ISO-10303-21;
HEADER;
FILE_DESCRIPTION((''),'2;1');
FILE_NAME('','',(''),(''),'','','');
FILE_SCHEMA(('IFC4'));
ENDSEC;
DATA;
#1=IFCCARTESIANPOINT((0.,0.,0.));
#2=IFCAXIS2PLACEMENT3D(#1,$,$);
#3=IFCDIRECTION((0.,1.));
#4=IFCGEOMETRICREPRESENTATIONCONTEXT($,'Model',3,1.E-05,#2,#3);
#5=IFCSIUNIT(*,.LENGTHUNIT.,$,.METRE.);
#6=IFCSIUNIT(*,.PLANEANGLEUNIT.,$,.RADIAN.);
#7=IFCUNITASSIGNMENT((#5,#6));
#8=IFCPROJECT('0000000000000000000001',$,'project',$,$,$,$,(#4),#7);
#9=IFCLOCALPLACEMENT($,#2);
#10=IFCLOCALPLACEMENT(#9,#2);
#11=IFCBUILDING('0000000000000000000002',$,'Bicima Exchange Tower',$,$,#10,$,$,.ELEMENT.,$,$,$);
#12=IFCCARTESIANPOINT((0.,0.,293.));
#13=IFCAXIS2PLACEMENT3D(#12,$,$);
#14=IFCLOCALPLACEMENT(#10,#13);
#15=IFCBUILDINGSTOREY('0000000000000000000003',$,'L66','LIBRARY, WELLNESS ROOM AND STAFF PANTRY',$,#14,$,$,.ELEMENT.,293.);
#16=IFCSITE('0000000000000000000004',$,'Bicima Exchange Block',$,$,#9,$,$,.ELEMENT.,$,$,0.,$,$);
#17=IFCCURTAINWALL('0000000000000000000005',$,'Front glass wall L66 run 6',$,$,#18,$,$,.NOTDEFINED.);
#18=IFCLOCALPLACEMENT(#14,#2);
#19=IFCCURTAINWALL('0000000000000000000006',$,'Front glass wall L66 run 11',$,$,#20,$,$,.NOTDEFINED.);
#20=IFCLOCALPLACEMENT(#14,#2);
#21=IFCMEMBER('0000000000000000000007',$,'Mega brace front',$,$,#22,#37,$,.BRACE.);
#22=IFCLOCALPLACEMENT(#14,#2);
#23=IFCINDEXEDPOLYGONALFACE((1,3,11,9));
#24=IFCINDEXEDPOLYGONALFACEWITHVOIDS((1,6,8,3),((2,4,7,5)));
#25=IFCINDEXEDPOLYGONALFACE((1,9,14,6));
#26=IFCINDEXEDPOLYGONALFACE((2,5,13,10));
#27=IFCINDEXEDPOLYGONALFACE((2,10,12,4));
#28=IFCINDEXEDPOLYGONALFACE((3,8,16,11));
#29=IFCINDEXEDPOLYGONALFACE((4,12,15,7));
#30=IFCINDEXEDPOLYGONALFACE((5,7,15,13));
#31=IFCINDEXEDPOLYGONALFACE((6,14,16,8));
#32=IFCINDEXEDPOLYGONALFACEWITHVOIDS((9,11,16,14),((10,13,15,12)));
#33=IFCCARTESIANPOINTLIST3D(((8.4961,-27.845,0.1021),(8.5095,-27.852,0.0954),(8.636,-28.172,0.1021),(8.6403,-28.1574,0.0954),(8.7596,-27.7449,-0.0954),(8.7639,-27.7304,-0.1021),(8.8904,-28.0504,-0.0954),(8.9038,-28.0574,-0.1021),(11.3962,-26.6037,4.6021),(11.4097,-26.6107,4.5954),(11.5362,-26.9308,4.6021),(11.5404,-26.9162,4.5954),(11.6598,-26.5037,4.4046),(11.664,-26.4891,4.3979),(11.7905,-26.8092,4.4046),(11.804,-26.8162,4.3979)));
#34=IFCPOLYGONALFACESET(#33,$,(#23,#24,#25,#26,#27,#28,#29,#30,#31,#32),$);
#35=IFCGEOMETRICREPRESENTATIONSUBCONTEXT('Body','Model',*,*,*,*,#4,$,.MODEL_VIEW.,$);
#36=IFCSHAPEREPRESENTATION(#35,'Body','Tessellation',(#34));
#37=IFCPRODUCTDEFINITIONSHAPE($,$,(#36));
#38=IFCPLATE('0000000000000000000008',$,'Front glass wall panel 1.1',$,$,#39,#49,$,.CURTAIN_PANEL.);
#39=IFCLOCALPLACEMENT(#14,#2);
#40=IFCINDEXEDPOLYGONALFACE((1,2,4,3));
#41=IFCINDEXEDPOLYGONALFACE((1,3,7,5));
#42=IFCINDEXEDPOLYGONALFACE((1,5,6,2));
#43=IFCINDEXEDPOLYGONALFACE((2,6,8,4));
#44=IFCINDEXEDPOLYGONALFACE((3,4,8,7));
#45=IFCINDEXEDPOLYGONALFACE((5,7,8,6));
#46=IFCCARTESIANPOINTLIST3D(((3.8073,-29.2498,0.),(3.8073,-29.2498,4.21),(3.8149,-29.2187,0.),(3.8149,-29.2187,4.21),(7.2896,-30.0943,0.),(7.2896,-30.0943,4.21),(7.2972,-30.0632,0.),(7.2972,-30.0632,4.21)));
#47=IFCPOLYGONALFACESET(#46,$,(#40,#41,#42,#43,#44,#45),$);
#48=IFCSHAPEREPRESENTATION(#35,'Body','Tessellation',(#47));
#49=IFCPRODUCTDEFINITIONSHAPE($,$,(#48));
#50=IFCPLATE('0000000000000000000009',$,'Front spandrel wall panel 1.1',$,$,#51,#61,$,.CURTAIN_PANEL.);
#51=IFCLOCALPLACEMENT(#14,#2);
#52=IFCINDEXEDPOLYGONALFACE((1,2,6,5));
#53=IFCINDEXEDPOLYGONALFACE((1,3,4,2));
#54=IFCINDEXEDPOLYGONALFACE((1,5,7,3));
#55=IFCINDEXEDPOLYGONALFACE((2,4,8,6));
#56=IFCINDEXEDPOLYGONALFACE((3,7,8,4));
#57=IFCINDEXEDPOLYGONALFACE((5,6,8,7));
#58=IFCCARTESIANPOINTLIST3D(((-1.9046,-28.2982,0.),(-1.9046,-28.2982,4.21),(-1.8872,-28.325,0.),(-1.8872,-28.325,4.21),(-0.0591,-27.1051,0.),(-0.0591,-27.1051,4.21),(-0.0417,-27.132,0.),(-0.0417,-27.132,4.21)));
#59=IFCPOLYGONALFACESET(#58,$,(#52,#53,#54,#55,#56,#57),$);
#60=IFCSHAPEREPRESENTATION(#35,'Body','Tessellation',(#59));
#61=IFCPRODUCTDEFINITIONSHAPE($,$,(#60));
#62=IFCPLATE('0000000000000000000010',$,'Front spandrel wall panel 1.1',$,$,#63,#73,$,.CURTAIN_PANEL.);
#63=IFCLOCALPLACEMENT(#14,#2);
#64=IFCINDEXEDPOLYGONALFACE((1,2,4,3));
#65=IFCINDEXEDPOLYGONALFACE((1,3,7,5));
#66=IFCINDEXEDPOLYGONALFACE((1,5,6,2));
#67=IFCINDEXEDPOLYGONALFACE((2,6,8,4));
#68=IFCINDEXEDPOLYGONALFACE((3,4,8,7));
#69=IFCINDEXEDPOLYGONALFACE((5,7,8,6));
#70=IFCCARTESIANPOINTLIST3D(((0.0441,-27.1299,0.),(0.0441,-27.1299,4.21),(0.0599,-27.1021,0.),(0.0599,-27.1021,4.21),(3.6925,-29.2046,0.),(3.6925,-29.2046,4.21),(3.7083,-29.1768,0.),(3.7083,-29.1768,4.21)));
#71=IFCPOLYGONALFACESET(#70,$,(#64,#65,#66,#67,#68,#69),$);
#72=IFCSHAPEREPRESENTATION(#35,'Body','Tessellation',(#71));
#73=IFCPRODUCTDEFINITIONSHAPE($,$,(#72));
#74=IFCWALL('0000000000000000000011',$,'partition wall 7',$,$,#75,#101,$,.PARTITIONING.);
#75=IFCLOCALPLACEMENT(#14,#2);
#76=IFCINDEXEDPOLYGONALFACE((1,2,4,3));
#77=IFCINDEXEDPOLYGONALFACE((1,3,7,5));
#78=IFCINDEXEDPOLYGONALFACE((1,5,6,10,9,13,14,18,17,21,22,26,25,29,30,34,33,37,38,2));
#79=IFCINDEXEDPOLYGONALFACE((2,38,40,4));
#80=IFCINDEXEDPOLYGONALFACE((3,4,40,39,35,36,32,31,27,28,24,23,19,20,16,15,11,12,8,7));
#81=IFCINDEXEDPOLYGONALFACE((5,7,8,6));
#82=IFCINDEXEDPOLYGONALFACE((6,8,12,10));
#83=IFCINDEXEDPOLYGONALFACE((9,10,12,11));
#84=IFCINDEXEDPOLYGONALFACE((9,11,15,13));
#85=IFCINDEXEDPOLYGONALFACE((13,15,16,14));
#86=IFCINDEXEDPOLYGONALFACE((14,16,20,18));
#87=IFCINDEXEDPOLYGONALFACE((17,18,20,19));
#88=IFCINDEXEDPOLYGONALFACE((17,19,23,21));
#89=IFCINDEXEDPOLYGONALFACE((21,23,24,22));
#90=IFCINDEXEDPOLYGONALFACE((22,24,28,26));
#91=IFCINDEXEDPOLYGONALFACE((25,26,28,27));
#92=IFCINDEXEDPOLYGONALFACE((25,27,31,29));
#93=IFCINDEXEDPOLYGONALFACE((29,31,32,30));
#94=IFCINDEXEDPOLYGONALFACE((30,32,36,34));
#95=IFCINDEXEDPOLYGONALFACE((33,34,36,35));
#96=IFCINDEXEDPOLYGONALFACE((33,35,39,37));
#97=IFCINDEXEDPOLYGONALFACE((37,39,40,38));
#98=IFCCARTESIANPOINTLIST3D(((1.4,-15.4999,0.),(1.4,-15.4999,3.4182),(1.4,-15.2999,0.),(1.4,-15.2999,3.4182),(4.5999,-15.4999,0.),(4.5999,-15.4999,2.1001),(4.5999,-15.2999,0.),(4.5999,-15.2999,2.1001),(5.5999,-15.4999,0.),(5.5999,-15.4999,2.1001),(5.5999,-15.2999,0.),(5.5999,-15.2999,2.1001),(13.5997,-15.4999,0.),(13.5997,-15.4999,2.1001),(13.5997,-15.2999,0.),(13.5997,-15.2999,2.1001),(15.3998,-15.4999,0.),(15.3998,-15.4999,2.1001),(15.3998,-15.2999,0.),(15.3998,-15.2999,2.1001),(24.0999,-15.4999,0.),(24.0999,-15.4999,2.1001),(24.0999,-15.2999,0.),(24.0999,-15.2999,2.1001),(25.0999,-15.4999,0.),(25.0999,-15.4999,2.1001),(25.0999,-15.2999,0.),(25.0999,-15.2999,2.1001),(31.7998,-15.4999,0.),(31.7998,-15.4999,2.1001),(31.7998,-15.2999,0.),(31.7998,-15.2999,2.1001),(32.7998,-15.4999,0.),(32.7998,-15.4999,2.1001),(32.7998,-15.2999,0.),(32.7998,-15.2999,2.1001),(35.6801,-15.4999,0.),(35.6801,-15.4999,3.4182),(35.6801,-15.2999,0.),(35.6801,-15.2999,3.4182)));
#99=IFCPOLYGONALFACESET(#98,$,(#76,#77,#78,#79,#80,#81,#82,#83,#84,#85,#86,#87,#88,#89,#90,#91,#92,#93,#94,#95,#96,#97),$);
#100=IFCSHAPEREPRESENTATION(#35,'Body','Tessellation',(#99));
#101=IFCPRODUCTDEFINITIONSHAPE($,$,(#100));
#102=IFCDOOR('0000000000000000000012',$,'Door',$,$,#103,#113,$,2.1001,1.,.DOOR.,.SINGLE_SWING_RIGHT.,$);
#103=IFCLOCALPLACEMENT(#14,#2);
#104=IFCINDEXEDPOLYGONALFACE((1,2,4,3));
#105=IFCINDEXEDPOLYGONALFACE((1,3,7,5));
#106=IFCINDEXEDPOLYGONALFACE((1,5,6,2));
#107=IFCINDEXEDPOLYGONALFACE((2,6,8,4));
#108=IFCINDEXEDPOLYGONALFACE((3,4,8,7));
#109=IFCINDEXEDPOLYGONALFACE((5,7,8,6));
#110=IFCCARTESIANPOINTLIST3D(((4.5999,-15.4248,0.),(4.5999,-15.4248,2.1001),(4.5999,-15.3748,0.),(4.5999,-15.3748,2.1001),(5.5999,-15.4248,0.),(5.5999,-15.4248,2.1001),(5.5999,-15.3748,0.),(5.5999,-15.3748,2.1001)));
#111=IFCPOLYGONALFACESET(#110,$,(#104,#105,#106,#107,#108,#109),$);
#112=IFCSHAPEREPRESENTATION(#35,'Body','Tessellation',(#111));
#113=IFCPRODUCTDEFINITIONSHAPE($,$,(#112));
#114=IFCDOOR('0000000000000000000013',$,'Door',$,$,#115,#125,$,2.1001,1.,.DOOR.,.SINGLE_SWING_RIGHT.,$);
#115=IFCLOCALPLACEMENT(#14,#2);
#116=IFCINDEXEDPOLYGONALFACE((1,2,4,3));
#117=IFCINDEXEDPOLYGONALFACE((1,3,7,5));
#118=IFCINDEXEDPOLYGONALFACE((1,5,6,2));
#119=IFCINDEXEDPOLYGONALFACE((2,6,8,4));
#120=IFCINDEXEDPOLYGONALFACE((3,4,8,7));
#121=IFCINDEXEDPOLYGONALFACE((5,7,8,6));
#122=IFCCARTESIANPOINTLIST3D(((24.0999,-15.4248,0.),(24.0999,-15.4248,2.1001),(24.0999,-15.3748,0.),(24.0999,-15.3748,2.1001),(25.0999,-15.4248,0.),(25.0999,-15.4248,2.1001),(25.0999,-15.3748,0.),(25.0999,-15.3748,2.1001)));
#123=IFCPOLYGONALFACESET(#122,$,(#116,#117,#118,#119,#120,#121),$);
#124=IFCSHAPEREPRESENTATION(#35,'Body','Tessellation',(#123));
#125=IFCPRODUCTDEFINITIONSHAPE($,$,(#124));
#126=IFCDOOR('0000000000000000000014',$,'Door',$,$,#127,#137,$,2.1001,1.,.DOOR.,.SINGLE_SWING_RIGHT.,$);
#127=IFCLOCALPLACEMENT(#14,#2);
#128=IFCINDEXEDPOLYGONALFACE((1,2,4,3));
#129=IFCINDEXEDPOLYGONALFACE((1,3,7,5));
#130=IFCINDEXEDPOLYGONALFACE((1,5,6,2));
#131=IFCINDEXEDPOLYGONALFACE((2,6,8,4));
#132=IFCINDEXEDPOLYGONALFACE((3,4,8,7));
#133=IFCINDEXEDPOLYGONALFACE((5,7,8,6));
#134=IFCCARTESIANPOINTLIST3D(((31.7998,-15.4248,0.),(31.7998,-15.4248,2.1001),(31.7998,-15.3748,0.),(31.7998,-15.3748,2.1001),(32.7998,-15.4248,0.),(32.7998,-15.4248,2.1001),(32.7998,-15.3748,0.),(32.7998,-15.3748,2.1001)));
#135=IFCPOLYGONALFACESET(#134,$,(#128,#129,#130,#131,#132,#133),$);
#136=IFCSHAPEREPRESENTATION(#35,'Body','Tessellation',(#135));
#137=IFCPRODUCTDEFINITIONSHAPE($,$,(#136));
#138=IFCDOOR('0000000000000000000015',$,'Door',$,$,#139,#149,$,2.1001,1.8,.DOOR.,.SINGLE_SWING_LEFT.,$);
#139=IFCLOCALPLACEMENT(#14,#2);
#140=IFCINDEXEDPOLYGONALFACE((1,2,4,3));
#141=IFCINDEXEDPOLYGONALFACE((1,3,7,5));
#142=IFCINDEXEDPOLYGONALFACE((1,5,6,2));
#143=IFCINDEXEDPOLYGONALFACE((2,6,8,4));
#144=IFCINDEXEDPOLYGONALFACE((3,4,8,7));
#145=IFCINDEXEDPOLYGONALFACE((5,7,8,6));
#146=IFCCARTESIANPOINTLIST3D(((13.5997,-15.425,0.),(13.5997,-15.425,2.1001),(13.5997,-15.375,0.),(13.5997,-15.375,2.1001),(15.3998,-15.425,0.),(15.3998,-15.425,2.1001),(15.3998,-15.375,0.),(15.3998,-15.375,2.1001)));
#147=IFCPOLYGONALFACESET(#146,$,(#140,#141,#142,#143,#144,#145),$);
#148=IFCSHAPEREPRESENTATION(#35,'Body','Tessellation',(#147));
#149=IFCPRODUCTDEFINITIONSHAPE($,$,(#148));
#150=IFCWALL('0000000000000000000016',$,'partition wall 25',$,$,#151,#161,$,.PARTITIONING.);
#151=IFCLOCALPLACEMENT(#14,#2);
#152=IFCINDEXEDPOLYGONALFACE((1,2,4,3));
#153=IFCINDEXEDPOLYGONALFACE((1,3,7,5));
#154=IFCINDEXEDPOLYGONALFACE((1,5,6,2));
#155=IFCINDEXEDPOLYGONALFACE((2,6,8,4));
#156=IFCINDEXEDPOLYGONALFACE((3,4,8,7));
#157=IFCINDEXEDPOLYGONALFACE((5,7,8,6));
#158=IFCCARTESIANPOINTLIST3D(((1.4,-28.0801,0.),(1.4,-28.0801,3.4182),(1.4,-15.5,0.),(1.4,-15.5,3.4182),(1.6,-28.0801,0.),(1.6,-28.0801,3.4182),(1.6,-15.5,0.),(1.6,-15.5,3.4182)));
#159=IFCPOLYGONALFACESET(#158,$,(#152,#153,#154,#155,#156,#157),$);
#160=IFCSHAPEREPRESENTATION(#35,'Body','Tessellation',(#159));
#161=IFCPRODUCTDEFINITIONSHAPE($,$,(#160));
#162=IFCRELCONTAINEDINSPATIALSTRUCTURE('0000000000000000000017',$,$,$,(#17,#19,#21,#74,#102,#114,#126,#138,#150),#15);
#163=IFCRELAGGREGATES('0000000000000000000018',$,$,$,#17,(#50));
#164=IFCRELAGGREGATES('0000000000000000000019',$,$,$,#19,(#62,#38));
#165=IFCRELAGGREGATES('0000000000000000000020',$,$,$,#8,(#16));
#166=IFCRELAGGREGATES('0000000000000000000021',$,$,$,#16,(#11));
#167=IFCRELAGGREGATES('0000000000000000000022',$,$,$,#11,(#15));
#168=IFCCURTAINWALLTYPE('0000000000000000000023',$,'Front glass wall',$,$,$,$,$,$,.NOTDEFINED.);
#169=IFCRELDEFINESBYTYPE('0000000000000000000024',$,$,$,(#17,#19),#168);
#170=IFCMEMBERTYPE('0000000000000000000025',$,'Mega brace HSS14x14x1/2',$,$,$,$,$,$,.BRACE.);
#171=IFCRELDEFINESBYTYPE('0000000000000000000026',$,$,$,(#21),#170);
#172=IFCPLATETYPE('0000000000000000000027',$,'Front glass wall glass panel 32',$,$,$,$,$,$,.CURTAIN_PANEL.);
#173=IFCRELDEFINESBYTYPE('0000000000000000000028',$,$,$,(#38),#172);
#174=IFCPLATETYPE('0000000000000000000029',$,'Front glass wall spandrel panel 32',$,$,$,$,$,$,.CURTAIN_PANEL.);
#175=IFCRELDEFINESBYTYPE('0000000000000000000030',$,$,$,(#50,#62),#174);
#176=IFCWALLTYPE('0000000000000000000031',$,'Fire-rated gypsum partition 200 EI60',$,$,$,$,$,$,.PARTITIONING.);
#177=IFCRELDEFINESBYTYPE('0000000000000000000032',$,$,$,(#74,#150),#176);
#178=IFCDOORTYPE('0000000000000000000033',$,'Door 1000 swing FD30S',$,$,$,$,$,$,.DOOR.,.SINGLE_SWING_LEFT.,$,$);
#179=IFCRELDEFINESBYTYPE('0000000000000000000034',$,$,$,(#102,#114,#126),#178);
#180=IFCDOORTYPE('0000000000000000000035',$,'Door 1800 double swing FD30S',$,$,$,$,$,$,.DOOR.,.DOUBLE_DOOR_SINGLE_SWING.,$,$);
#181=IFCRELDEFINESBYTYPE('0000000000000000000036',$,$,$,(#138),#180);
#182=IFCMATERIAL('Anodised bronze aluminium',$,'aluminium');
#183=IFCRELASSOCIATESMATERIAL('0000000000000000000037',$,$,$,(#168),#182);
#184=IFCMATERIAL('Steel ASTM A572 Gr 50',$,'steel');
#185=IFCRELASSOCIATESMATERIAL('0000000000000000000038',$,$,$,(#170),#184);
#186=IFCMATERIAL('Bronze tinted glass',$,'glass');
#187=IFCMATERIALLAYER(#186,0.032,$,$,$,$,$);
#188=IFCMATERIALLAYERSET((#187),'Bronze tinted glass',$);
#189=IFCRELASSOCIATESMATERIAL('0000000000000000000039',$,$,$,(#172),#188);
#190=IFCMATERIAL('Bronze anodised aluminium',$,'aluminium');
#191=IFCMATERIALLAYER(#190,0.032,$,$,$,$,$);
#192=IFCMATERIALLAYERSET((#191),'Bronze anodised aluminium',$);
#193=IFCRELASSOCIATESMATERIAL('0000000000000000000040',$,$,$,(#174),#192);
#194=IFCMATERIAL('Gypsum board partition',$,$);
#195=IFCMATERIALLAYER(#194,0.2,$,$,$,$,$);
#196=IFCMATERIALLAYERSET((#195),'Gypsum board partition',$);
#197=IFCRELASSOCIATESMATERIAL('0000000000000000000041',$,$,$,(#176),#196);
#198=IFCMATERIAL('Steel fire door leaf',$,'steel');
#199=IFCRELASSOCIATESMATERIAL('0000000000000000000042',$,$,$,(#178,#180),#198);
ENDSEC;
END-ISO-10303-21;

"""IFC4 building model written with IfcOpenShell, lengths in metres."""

from ifc_helpers import new_model, si_unit, direction, frame, frame_2d, origin, origin_2d, place, context, subcontext, project, spatial, rectangle, hollow_rectangle, extrude, material, layer, layer_set, material_profile, profile_set, type_object, element, fill, aggregate, save


model = new_model("IFC4")

# Units and contexts
model_context = context("Model", 3, precision=1e-05, world=origin(), true_north=direction((0.0, 1.0)))
body_context = subcontext(model_context, "Body", "Model", "MODEL_VIEW")
ifc_project = project(units=[si_unit("LENGTHUNIT", "METRE"), si_unit("PLANEANGLEUNIT", "RADIAN")], contexts=[model_context])

# Site, building, storey
site_placement = place(None, origin())
site = spatial("IfcSite", under=ifc_project, at=site_placement, Name="Bicima Exchange Block", CompositionType="ELEMENT", RefElevation=0.0)
building_placement = place(site_placement, origin())
building = spatial("IfcBuilding", under=site, at=building_placement, Name="Bicima Exchange Tower", CompositionType="ELEMENT")
storey_placement = place(building_placement, frame((0.0, 0.0, 293.0)))
storey = spatial("IfcBuildingStorey", under=building, at=storey_placement, Name="L66", Description="LIBRARY, WELLNESS ROOM AND STAFF PANTRY", CompositionType="ELEMENT", Elevation=293.0)

# Curtain wall
ifc_material_1 = material(Name="Anodised bronze aluminium", Category="aluminium")
curtain_wall_type = type_object("IfcCurtainWallType", Name="Front glass wall", PredefinedType="NOTDEFINED", material=ifc_material_1)
curtain_wall_1_placement = place(storey_placement, origin())
curtain_wall_1 = element("IfcCurtainWall", 1, at=curtain_wall_1_placement, inside=storey, type_object=curtain_wall_type, Name="Front glass wall L66 run 6", PredefinedType="NOTDEFINED")

# Curtain wall
curtain_wall_2_placement = place(storey_placement, origin())
curtain_wall_2 = element("IfcCurtainWall", 2, at=curtain_wall_2_placement, inside=storey, type_object=curtain_wall_type, Name="Front glass wall L66 run 11", PredefinedType="NOTDEFINED")

# Member
ifc_material_2 = material(Name="Steel ASTM A572 Gr 50", Category="steel")
ifc_material_profile_1 = material_profile(ifc_material_2, hollow_rectangle(XDim=0.3557, YDim=0.3557, WallThickness=0.0117, at=origin_2d()))
ifc_profile_set_1 = profile_set([ifc_material_profile_1], Name="Steel ASTM A572 Gr 50")
member_type_1 = type_object("IfcMemberType", Name="Mega brace HSS14x14x1/2", PredefinedType="BRACE", material=ifc_profile_set_1)
member_1_placement = place(storey_placement, frame((8.7, -27.9512, 0.0), z_axis=(0.527723, 0.225856, 0.818839), x_axis=(-0.393462, 0.919341, 0.0)))
element("IfcMember", 3, at=member_1_placement, inside=storey, type_object=member_type_1, Name="Mega brace front", PredefinedType="BRACE", context=body_context, shape_type="SweptSolid", body=[
    extrude(hollow_rectangle(XDim=0.3557, YDim=0.3557, WallThickness=0.0117, at=origin_2d()), origin(), (0.0, 0.0, 1.0), 5.4956),
])

# Plates
ifc_material_3 = material(Name="Bronze tinted glass", Category="glass")
ifc_layer_1 = layer(ifc_material_3, 0.032)
ifc_layer_set_1 = layer_set([ifc_layer_1], Name="Bronze tinted glass")
plate_type_1 = type_object("IfcPlateType", Name="Front glass wall glass panel 32", PredefinedType="CURTAIN_PANEL", material=ifc_layer_set_1)
plate_1_placement = place(storey_placement, frame((5.5522, -29.6565, 0.0), z_axis=(0.0, 0.0, 1.0), x_axis=(0.97183, -0.235682, 0.0)))
plate_1 = element("IfcPlate", 4, at=plate_1_placement, type_object=plate_type_1, Name="Front glass wall panel 1.1", PredefinedType="CURTAIN_PANEL", context=body_context, shape_type="SweptSolid", body=[
    extrude(rectangle(XDim=3.5833, YDim=0.032, at=origin_2d()), origin(), (0.0, 0.0, 1.0), 4.21),
])
ifc_material_4 = material(Name="Bronze anodised aluminium", Category="aluminium")
ifc_layer_2 = layer(ifc_material_4, 0.032)
ifc_layer_set_2 = layer_set([ifc_layer_2], Name="Bronze anodised aluminium")
plate_type_2 = type_object("IfcPlateType", Name="Front glass wall spandrel panel 32", PredefinedType="CURTAIN_PANEL", material=ifc_layer_set_2)
plate_2_placement = place(storey_placement, frame((-0.9731, -27.7151, 0.0), z_axis=(0.0, 0.0, 1.0), x_axis=(0.839799, 0.542897, 0.0)))
plate_2 = element("IfcPlate", 5, at=plate_2_placement, type_object=plate_type_2, Name="Front spandrel wall panel 1.1", PredefinedType="CURTAIN_PANEL", context=body_context, shape_type="SweptSolid", body=[
    extrude(rectangle(XDim=2.1975, YDim=0.032, at=origin_2d()), origin(), (0.0, 0.0, 1.0), 4.21),
])
aggregate(curtain_wall_1, [plate_2])
plate_3_placement = place(storey_placement, frame((1.8762, -28.1533, 0.0), z_axis=(0.0, 0.0, 1.0), x_axis=(0.869274, -0.49433, 0.0)))
plate_3 = element("IfcPlate", 6, at=plate_3_placement, type_object=plate_type_2, Name="Front spandrel wall panel 1.1", PredefinedType="CURTAIN_PANEL", context=body_context, shape_type="SweptSolid", body=[
    extrude(rectangle(XDim=4.197, YDim=0.032, at=origin_2d()), origin(), (0.0, 0.0, 1.0), 4.21),
])
aggregate(curtain_wall_2, [plate_3, plate_1])

# Wall, openings, doors
ifc_material_5 = material(Name="Gypsum board partition")
ifc_layer_3 = layer(ifc_material_5, 0.2)
ifc_layer_set_3 = layer_set([ifc_layer_3], Name="Gypsum board partition")
wall_type_1 = type_object("IfcWallType", Name="Fire-rated gypsum partition 200 EI60", PredefinedType="PARTITIONING", material=ifc_layer_set_3)
wall_1_placement = place(storey_placement, frame((1.3999, -15.3999, 0.0), z_axis=(0.0, 0.0, 1.0), x_axis=(1.0, 0.0, 0.0)))
wall_1 = element("IfcWall", 7, at=wall_1_placement, inside=storey, type_object=wall_type_1, Name="partition wall 7", PredefinedType="PARTITIONING", context=body_context, shape_type="SweptSolid", body=[
    extrude(rectangle(XDim=34.28, YDim=0.2, at=frame_2d((17.1401, 0.0))), origin(), (0.0, 0.0, 1.0), 3.4182),
])
opening_1_placement = place(wall_1_placement, frame((3.2, 0.0, 0.0)))
opening_1 = element("IfcOpeningElement", 8, at=opening_1_placement, cuts=wall_1, PredefinedType="OPENING", context=body_context, shape_type="SweptSolid", body=[
    extrude(rectangle(XDim=1.0, YDim=2.1001, at=frame_2d((0.5, 1.05))), frame((0.0, 0.1118, 0.0), z_axis=(0.0, -1.0, 0.0), x_axis=(1.0, 0.0, 0.0)), (0.0, 0.0, 1.0), 0.2239),
])
opening_2_placement = place(wall_1_placement, frame((12.2, 0.0, 0.0)))
opening_2 = element("IfcOpeningElement", 9, at=opening_2_placement, cuts=wall_1, PredefinedType="OPENING", context=body_context, shape_type="SweptSolid", body=[
    extrude(rectangle(XDim=1.8, YDim=2.1001, at=frame_2d((0.8999, 1.05))), frame((0.0, 0.1118, 0.0), z_axis=(0.0, -1.0, 0.0), x_axis=(1.0, 0.0, 0.0)), (0.0, 0.0, 1.0), 0.2239),
])
opening_3_placement = place(wall_1_placement, frame((22.7, 0.0, 0.0)))
opening_3 = element("IfcOpeningElement", 10, at=opening_3_placement, cuts=wall_1, PredefinedType="OPENING", context=body_context, shape_type="SweptSolid", body=[
    extrude(rectangle(XDim=1.0, YDim=2.1001, at=frame_2d((0.5, 1.05))), frame((0.0, 0.1118, 0.0), z_axis=(0.0, -1.0, 0.0), x_axis=(1.0, 0.0, 0.0)), (0.0, 0.0, 1.0), 0.2239),
])
opening_4_placement = place(wall_1_placement, frame((30.3999, 0.0, 0.0)))
opening_4 = element("IfcOpeningElement", 11, at=opening_4_placement, cuts=wall_1, PredefinedType="OPENING", context=body_context, shape_type="SweptSolid", body=[
    extrude(rectangle(XDim=1.0, YDim=2.1001, at=frame_2d((0.5, 1.05))), frame((0.0, 0.1118, 0.0), z_axis=(0.0, -1.0, 0.0), x_axis=(1.0, 0.0, 0.0)), (0.0, 0.0, 1.0), 0.2239),
])
ifc_material_6 = material(Name="Steel fire door leaf", Category="steel")
door_type_1 = type_object("IfcDoorType", Name="Door 1000 swing FD30S", OperationType="SINGLE_SWING_LEFT", PredefinedType="DOOR", material=ifc_material_6)
door_1_placement = place(opening_1_placement, frame((1.0, 0.0, 0.0), z_axis=(0.0, 0.0, 1.0), x_axis=(-1.0, 0.0, 0.0)))
door_1 = element("IfcDoor", 12, at=door_1_placement, inside=storey, type_object=door_type_1, Name="Door", OperationType="SINGLE_SWING_RIGHT", OverallHeight=2.1001, OverallWidth=1.0, PredefinedType="DOOR", context=body_context, shape_type="SweptSolid", body=[
    extrude(rectangle(XDim=1.0, YDim=2.1001, at=frame_2d((0.5, 1.05))), frame((0.0, 0.0249, 0.0), z_axis=(0.0, -1.0, 0.0), x_axis=(1.0, 0.0, 0.0)), (0.0, 0.0, 1.0), 0.05),
])
fill(opening_1, door_1)
door_2_placement = place(opening_3_placement, frame((1.0, 0.0, 0.0), z_axis=(0.0, 0.0, 1.0), x_axis=(-1.0, 0.0, 0.0)))
door_2 = element("IfcDoor", 13, at=door_2_placement, inside=storey, type_object=door_type_1, Name="Door", OperationType="SINGLE_SWING_RIGHT", OverallHeight=2.1001, OverallWidth=1.0, PredefinedType="DOOR", context=body_context, shape_type="SweptSolid", body=[
    extrude(rectangle(XDim=1.0, YDim=2.1001, at=frame_2d((0.5, 1.05))), frame((0.0, 0.0249, 0.0), z_axis=(0.0, -1.0, 0.0), x_axis=(1.0, 0.0, 0.0)), (0.0, 0.0, 1.0), 0.05),
])
fill(opening_3, door_2)
door_3_placement = place(opening_4_placement, frame((1.0, 0.0, 0.0), z_axis=(0.0, 0.0, 1.0), x_axis=(-1.0, 0.0, 0.0)))
door_3 = element("IfcDoor", 14, at=door_3_placement, inside=storey, type_object=door_type_1, Name="Door", OperationType="SINGLE_SWING_RIGHT", OverallHeight=2.1001, OverallWidth=1.0, PredefinedType="DOOR", context=body_context, shape_type="SweptSolid", body=[
    extrude(rectangle(XDim=1.0, YDim=2.1001, at=frame_2d((0.5, 1.05))), frame((0.0, 0.0249, 0.0), z_axis=(0.0, -1.0, 0.0), x_axis=(1.0, 0.0, 0.0)), (0.0, 0.0, 1.0), 0.05),
])
fill(opening_4, door_3)
door_type_2 = type_object("IfcDoorType", Name="Door 1800 double swing FD30S", OperationType="DOUBLE_DOOR_SINGLE_SWING", PredefinedType="DOOR", material=ifc_material_6)
door_4_placement = place(opening_2_placement, origin())
door_4 = element("IfcDoor", 15, at=door_4_placement, inside=storey, type_object=door_type_2, Name="Door", OperationType="SINGLE_SWING_LEFT", OverallHeight=2.1001, OverallWidth=1.8, PredefinedType="DOOR", context=body_context, shape_type="SweptSolid", body=[
    extrude(rectangle(XDim=1.8, YDim=2.1001, at=frame_2d((0.8999, 1.05))), frame((0.0, 0.0249, 0.0), z_axis=(0.0, -1.0, 0.0), x_axis=(1.0, 0.0, 0.0)), (0.0, 0.0, 1.0), 0.05),
])
fill(opening_2, door_4)

# Wall
wall_2_placement = place(storey_placement, frame((1.5, -28.0801, 0.0), z_axis=(0.0, 0.0, 1.0), x_axis=(0.0, 1.0, 0.0)))
element("IfcWall", 16, at=wall_2_placement, inside=storey, type_object=wall_type_1, Name="partition wall 25", PredefinedType="PARTITIONING", context=body_context, shape_type="SweptSolid", body=[
    extrude(rectangle(XDim=12.5801, YDim=0.2, at=frame_2d((6.29, 0.0))), origin(), (0.0, 0.0, 1.0), 3.4182),
])

save(model, "model.ifc")
